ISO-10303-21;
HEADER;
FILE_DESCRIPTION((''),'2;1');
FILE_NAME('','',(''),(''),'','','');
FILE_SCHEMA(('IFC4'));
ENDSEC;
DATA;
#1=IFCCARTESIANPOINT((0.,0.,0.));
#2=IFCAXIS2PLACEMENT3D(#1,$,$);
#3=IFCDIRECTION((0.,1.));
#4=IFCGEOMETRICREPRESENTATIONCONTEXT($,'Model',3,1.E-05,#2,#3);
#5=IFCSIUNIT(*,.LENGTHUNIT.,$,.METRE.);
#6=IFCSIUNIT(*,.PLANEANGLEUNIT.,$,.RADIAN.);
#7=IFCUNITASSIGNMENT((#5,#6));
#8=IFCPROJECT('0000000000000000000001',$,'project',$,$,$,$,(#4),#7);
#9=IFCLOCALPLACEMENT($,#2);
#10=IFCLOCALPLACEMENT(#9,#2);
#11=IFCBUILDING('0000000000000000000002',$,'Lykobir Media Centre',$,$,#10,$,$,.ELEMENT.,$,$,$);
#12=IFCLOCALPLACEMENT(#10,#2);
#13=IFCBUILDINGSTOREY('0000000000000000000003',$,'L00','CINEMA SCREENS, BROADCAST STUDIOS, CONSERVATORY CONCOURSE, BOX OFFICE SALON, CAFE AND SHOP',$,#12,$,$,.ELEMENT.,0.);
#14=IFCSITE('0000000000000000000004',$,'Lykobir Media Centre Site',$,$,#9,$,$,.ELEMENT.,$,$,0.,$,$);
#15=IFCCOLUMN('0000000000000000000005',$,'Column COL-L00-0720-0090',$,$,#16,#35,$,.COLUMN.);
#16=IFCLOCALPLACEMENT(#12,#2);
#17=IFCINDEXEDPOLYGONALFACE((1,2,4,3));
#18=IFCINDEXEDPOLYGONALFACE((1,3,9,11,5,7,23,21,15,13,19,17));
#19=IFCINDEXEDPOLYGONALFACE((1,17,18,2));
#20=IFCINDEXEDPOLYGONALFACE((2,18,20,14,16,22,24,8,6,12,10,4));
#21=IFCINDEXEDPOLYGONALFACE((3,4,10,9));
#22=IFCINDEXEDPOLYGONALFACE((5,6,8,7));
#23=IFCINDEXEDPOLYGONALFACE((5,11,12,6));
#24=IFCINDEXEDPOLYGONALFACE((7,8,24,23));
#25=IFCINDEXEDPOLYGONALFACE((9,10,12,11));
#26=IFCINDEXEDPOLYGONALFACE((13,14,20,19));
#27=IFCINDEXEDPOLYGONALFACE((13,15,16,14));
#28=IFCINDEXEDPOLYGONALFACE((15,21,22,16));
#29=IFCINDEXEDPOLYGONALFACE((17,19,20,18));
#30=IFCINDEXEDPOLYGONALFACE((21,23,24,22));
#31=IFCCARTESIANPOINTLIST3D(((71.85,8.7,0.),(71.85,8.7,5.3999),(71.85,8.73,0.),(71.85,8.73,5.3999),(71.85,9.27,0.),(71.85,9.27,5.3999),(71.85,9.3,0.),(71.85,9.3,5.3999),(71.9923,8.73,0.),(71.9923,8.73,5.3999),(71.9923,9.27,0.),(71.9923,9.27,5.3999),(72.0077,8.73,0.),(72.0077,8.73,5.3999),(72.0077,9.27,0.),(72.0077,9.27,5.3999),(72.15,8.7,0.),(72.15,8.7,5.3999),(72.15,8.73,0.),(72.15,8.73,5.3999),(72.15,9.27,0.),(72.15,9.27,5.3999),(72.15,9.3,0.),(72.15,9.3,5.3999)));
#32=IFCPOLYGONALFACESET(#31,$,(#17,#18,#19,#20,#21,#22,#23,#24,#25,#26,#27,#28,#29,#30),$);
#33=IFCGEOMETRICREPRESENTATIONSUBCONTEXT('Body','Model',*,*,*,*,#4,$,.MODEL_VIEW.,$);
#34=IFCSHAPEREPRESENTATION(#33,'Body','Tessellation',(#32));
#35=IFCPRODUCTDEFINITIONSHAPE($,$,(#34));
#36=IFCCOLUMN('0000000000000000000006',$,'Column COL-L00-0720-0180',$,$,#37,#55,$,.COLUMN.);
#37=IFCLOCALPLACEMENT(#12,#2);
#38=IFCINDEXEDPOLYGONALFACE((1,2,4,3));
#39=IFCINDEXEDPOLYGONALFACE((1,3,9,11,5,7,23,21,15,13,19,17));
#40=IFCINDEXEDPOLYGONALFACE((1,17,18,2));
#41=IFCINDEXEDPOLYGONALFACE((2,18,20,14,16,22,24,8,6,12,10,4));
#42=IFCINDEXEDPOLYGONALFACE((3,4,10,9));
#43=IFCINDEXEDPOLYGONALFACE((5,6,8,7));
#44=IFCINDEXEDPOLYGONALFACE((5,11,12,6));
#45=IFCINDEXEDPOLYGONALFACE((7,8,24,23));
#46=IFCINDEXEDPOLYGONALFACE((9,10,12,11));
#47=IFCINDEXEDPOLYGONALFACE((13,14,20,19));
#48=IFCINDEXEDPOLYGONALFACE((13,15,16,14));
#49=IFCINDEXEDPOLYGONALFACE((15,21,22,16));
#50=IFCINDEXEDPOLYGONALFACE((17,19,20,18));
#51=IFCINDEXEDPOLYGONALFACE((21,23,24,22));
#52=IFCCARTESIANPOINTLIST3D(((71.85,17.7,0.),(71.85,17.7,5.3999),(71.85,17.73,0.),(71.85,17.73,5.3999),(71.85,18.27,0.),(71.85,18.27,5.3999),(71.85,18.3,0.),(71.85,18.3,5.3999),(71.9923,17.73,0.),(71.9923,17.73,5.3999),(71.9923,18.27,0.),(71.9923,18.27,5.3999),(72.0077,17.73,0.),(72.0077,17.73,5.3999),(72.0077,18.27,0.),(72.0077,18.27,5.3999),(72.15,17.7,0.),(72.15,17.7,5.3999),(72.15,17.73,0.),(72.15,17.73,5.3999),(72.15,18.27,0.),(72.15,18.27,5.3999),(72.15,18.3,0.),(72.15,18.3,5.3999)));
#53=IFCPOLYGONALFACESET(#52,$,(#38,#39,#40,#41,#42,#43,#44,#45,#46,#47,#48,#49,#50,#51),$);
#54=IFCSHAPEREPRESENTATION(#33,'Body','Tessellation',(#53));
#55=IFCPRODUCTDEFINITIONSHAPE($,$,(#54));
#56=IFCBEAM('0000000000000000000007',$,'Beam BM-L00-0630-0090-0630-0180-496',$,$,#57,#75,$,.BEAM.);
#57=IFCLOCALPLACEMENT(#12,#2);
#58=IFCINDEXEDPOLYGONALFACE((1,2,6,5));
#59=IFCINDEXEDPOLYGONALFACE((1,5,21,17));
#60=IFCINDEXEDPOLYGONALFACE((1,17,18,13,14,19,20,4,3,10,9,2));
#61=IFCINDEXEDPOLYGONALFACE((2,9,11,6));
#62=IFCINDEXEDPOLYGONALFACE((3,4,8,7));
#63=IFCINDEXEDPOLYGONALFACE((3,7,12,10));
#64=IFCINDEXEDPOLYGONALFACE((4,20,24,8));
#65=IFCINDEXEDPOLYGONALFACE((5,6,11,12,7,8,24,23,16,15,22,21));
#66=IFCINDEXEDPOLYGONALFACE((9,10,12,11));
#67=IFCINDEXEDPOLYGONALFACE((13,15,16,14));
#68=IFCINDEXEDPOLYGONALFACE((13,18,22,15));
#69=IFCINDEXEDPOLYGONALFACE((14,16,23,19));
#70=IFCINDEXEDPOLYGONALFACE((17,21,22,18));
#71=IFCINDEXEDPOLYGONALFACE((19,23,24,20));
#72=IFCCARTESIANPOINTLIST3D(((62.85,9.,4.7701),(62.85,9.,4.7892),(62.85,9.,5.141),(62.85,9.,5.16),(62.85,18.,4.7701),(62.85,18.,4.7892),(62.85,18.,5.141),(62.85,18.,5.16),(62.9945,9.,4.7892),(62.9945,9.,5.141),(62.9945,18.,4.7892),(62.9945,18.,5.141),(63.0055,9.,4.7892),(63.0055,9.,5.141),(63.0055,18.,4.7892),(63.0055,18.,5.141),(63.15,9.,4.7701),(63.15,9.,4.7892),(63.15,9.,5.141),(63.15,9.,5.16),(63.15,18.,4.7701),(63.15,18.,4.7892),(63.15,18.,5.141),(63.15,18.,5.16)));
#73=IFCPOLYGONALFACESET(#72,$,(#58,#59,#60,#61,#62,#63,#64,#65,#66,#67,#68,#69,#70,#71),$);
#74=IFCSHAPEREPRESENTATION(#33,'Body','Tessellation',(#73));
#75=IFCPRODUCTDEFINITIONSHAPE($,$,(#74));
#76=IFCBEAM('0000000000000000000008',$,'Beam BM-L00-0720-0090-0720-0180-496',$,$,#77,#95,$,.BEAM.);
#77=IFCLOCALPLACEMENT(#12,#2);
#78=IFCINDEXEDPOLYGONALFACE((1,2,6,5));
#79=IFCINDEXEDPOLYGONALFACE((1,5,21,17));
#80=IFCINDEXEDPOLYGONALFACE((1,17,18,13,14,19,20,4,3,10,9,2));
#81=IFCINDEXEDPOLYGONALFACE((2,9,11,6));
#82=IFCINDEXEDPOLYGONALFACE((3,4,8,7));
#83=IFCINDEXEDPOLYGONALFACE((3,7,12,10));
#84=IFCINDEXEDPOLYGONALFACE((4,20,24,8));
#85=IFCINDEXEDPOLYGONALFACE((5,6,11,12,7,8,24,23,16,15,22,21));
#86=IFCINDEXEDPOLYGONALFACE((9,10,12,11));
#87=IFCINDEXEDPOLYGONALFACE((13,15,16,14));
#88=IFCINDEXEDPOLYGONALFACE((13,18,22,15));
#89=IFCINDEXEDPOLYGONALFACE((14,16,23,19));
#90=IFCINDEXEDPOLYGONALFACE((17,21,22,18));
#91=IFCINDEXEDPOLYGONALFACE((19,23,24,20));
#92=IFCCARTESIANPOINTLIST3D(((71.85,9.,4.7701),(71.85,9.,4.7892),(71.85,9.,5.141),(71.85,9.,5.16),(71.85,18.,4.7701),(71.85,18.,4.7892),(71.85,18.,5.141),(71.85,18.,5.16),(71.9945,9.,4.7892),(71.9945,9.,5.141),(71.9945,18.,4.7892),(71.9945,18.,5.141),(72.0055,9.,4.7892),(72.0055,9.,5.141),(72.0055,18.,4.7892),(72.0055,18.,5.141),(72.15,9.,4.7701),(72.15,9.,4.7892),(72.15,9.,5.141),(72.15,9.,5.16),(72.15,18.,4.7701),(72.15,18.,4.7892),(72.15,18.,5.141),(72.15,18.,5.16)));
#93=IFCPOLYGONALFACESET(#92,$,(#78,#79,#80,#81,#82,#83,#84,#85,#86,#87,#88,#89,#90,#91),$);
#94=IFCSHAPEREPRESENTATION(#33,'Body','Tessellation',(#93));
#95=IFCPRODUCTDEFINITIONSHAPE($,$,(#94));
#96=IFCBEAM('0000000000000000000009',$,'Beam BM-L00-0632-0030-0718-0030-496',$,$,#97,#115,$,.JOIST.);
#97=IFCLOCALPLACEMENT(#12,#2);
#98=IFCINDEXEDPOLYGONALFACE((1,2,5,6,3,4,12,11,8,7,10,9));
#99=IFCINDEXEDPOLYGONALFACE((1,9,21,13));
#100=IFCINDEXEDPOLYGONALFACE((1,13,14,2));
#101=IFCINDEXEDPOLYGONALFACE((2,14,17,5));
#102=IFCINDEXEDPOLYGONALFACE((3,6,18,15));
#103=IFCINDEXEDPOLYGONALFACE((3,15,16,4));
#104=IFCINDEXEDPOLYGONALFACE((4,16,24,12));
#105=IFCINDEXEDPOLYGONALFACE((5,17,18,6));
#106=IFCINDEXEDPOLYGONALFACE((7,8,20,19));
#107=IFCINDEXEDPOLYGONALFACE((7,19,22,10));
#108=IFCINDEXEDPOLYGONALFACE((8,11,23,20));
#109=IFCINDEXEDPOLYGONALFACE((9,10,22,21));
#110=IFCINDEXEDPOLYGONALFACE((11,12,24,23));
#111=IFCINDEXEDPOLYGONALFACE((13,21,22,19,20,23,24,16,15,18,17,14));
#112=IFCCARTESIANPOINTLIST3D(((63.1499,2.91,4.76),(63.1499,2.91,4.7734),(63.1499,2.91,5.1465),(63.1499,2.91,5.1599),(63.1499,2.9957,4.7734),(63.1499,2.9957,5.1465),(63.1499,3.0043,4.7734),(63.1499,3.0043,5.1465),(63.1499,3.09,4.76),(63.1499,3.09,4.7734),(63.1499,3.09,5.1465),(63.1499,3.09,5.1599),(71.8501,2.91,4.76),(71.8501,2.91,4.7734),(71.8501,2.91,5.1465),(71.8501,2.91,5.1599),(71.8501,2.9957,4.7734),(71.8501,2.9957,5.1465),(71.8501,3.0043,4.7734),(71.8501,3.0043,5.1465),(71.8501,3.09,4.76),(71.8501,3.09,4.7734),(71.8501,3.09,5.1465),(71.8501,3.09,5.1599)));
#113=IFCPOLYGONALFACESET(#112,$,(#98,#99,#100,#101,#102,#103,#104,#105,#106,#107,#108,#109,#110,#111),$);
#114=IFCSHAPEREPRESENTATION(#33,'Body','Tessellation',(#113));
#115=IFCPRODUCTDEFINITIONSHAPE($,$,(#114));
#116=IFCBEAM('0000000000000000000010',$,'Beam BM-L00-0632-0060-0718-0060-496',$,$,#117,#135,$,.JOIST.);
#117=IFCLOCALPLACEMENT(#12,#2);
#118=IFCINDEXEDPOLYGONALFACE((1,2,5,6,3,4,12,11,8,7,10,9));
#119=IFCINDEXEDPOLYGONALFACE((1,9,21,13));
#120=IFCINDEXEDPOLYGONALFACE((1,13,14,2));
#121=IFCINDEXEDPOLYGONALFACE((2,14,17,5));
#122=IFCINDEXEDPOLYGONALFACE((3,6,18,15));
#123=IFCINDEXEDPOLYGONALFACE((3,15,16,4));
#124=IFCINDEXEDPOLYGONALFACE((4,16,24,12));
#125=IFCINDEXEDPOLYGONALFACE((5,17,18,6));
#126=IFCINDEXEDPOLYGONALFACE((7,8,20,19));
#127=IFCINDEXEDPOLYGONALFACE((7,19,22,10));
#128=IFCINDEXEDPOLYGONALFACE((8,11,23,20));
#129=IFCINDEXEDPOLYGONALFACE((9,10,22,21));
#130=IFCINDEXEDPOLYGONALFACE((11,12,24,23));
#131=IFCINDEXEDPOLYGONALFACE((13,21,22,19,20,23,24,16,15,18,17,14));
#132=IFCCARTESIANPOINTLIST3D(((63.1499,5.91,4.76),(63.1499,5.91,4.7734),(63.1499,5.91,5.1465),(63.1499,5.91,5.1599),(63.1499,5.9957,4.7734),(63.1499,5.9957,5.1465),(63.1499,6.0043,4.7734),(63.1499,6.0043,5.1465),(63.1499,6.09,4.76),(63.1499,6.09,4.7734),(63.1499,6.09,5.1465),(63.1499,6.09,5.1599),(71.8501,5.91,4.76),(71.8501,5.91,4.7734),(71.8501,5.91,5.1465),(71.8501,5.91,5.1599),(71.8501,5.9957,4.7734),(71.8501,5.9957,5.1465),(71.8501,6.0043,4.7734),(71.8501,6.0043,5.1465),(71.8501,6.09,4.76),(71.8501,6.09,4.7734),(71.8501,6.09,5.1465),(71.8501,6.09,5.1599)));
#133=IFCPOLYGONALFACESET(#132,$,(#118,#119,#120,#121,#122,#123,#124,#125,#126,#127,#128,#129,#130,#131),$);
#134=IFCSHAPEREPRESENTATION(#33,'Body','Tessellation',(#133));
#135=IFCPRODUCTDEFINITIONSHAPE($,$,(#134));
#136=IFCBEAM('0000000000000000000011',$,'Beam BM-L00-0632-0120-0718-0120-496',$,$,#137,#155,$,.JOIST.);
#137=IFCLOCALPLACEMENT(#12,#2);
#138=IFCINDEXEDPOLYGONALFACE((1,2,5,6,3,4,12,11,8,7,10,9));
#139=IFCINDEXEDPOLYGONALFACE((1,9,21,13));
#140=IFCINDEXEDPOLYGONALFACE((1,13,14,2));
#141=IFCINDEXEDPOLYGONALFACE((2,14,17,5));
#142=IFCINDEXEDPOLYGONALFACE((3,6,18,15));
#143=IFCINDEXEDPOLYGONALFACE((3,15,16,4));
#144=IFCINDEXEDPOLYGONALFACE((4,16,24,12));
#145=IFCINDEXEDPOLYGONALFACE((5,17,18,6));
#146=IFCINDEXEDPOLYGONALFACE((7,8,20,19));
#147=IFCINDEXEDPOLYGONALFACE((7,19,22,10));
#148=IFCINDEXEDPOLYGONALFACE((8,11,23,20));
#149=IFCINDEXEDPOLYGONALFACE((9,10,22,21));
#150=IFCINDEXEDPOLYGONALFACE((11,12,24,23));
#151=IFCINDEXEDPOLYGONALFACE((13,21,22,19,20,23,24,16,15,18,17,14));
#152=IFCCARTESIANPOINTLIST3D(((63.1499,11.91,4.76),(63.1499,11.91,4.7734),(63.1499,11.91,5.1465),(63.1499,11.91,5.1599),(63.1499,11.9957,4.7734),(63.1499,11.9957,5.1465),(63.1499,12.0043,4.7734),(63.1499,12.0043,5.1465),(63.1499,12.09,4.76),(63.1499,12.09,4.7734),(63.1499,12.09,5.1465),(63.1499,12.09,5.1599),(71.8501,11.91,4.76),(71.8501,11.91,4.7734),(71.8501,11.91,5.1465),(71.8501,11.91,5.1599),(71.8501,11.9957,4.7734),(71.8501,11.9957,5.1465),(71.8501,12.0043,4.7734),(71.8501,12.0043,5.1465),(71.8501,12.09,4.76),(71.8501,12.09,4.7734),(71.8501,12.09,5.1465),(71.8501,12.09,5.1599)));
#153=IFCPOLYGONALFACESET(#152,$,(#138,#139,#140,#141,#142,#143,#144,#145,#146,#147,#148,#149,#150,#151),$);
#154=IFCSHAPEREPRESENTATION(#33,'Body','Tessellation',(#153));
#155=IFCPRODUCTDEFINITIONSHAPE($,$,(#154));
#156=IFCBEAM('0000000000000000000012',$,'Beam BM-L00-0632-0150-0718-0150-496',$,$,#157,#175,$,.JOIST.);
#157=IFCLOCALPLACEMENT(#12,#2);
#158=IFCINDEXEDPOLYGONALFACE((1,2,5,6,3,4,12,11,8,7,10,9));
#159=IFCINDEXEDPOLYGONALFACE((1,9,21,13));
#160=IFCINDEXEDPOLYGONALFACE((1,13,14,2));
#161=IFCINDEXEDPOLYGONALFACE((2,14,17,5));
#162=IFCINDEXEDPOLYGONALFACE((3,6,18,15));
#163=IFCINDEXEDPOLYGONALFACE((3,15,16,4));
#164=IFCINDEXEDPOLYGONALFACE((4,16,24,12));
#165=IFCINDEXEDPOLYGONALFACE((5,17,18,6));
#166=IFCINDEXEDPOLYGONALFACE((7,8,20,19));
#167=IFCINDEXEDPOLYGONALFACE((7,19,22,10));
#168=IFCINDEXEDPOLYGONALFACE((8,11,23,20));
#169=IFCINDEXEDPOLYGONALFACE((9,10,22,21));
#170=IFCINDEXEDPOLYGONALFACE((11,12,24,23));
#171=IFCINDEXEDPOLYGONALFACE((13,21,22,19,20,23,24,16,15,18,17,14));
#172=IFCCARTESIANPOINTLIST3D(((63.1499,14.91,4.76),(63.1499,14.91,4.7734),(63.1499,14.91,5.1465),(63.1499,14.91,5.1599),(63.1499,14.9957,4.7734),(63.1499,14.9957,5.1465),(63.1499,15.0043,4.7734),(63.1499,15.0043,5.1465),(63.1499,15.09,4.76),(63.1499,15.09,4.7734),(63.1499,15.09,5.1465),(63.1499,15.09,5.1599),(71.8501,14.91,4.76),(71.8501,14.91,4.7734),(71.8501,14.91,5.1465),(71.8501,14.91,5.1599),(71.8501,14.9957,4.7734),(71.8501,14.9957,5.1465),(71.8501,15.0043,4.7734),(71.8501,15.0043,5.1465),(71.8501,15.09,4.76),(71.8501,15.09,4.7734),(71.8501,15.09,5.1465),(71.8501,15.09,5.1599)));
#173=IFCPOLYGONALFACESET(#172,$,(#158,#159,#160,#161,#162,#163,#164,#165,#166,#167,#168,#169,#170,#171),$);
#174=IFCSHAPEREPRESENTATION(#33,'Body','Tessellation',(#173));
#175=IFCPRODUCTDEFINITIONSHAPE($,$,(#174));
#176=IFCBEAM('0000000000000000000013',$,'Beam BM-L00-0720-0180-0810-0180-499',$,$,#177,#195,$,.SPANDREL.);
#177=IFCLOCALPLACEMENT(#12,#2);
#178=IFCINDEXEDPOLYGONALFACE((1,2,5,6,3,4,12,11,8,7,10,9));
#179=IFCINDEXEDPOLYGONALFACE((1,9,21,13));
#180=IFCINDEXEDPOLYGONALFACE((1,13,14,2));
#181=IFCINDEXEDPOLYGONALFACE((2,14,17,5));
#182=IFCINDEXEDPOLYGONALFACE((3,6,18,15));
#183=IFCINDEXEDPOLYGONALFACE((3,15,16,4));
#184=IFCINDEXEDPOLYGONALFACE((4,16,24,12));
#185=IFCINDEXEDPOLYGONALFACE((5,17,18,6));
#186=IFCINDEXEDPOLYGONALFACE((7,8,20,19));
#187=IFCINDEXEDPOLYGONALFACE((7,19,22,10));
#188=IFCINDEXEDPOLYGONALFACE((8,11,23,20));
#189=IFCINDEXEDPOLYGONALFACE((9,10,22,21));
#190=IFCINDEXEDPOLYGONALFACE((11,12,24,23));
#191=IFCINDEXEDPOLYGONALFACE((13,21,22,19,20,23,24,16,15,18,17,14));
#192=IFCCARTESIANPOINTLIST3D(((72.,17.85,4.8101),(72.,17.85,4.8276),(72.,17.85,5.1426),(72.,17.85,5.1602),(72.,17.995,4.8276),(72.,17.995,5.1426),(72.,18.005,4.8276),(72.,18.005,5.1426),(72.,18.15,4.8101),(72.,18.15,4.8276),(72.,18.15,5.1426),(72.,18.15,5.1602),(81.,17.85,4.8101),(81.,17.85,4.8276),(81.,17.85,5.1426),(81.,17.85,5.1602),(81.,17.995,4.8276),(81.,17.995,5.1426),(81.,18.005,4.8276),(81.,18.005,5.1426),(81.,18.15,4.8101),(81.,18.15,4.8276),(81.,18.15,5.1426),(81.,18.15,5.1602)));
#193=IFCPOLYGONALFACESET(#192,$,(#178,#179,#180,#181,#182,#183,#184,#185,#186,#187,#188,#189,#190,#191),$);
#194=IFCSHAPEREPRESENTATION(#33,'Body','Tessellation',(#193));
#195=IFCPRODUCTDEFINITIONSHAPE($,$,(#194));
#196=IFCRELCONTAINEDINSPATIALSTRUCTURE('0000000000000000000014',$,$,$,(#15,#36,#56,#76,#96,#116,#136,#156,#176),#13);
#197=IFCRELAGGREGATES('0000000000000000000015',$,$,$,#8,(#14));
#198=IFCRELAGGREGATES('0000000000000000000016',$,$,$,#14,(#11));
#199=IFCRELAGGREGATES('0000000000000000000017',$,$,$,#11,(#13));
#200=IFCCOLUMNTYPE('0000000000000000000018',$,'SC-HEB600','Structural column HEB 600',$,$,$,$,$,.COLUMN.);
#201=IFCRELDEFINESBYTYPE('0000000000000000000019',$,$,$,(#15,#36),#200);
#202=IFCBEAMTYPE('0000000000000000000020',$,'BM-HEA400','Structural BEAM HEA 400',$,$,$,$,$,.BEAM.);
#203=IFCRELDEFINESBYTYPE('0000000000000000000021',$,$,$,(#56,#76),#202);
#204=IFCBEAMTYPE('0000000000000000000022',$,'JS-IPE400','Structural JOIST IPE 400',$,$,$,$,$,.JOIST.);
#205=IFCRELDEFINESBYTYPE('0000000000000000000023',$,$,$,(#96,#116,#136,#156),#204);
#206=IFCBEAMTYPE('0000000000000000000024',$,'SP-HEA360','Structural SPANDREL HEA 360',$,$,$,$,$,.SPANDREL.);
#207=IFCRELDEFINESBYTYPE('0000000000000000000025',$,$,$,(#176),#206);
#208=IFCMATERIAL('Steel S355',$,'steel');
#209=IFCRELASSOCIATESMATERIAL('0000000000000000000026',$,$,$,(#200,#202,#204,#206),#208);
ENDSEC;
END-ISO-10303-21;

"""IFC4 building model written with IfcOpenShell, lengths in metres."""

from ifc_helpers import new_model, si_unit, direction, frame, origin, origin_2d, place, context, subcontext, project, spatial, i_section, extrude, material, material_profile, profile_set, type_object, element, save


model = new_model("IFC4")

# Units and contexts
model_context = context("Model", 3, precision=1e-05, world=origin(), true_north=direction((0.0, 1.0)))
body_context = subcontext(model_context, "Body", "Model", "MODEL_VIEW")
ifc_project = project(units=[si_unit("LENGTHUNIT", "METRE"), si_unit("PLANEANGLEUNIT", "RADIAN")], contexts=[model_context])

# Site, building, storey
site_placement = place(None, origin())
site = spatial("IfcSite", under=ifc_project, at=site_placement, Name="Lykobir Media Centre Site", CompositionType="ELEMENT", RefElevation=0.0)
building_placement = place(site_placement, origin())
building = spatial("IfcBuilding", under=site, at=building_placement, Name="Lykobir Media Centre", CompositionType="ELEMENT")
storey_placement = place(building_placement, origin())
storey = spatial("IfcBuildingStorey", under=building, at=storey_placement, Name="L00", Description="CINEMA SCREENS, BROADCAST STUDIOS, CONSERVATORY CONCOURSE, BOX OFFICE SALON, CAFE AND SHOP", CompositionType="ELEMENT", Elevation=0.0)

# Columns
ifc_material_1 = material(Name="Steel S355", Category="steel")
ifc_material_profile_1 = material_profile(ifc_material_1, i_section(OverallWidth=0.3, OverallDepth=0.6001, WebThickness=0.0154, FlangeThickness=0.03, at=origin_2d()), Name="HEB 600")
ifc_profile_set_1 = profile_set([ifc_material_profile_1], Name="Steel S355")
column_type = type_object("IfcColumnType", Name="SC-HEB600", Description="Structural column HEB 600", PredefinedType="COLUMN", material=ifc_profile_set_1)
for number, where, z_axis, x_axis, name in (
    (1, (72.0, 9.0, 0.0), (0.0, 0.0, 1.0), (1.0, 0.0, 0.0), "Column COL-L00-0720-0090"),
    (2, (72.0, 18.0, 0.0), (0.0, 0.0, 1.0), (1.0, 0.0, 0.0), "Column COL-L00-0720-0180"),
):
    element("IfcColumn", number, at=place(storey_placement, frame(where, z_axis=z_axis, x_axis=x_axis)), inside=storey, type_object=column_type, Name=name, PredefinedType="COLUMN", context=body_context, shape_type="SweptSolid", body=[
        extrude(i_section(OverallWidth=0.3, OverallDepth=0.6001, WebThickness=0.0154, FlangeThickness=0.03, at=origin_2d()), origin(), (0.0, 0.0, 1.0), 5.3999),
    ])

# Beams
ifc_material_profile_2 = material_profile(ifc_material_1, i_section(OverallWidth=0.3, OverallDepth=0.3899, WebThickness=0.011, FlangeThickness=0.019, at=origin_2d()), Name="HEA 400")
ifc_profile_set_2 = profile_set([ifc_material_profile_2], Name="Steel S355")
beam_type_1 = type_object("IfcBeamType", Name="BM-HEA400", Description="Structural BEAM HEA 400", PredefinedType="BEAM", material=ifc_profile_set_2)
for number, where, z_axis, x_axis, name in (
    (3, (63.0, 9.0, 4.9651), (0.0, 1.0, 0.0), (-1.0, 0.0, 0.0), "Beam BM-L00-0630-0090-0630-0180-496"),
    (4, (72.0, 9.0, 4.9651), (0.0, 1.0, 0.0), (-1.0, 0.0, 0.0), "Beam BM-L00-0720-0090-0720-0180-496"),
):
    element("IfcBeam", number, at=place(storey_placement, frame(where, z_axis=z_axis, x_axis=x_axis)), inside=storey, type_object=beam_type_1, Name=name, PredefinedType="BEAM", context=body_context, shape_type="SweptSolid", body=[
        extrude(i_section(OverallWidth=0.3, OverallDepth=0.3899, WebThickness=0.011, FlangeThickness=0.019, at=origin_2d()), origin(), (0.0, 0.0, 1.0), 9.0),
    ])
ifc_material_profile_3 = material_profile(ifc_material_1, i_section(OverallWidth=0.1799, OverallDepth=0.3999, WebThickness=0.0085, FlangeThickness=0.0134, at=origin_2d()), Name="IPE 400")
ifc_profile_set_3 = profile_set([ifc_material_profile_3], Name="Steel S355")
beam_type_2 = type_object("IfcBeamType", Name="JS-IPE400", Description="Structural JOIST IPE 400", PredefinedType="JOIST", material=ifc_profile_set_3)
for number, where, z_axis, x_axis, name in (
    (5, (63.1499, 3.0, 4.96), (1.0, 0.0, 0.0), (0.0, 1.0, 0.0), "Beam BM-L00-0632-0030-0718-0030-496"),
    (6, (63.1499, 6.0, 4.96), (1.0, 0.0, 0.0), (0.0, 1.0, 0.0), "Beam BM-L00-0632-0060-0718-0060-496"),
    (7, (63.1499, 12.0, 4.96), (1.0, 0.0, 0.0), (0.0, 1.0, 0.0), "Beam BM-L00-0632-0120-0718-0120-496"),
    (8, (63.1499, 15.0, 4.96), (1.0, 0.0, 0.0), (0.0, 1.0, 0.0), "Beam BM-L00-0632-0150-0718-0150-496"),
):
    element("IfcBeam", number, at=place(storey_placement, frame(where, z_axis=z_axis, x_axis=x_axis)), inside=storey, type_object=beam_type_2, Name=name, PredefinedType="JOIST", context=body_context, shape_type="SweptSolid", body=[
        extrude(i_section(OverallWidth=0.1799, OverallDepth=0.3999, WebThickness=0.0085, FlangeThickness=0.0134, at=origin_2d()), origin(), (0.0, 0.0, 1.0), 8.7002),
    ])
ifc_material_profile_4 = material_profile(ifc_material_1, i_section(OverallWidth=0.3, OverallDepth=0.3501, WebThickness=0.01, FlangeThickness=0.0176, at=origin_2d()), Name="HEA 360")
ifc_profile_set_4 = profile_set([ifc_material_profile_4], Name="Steel S355")
beam_type_3 = type_object("IfcBeamType", Name="SP-HEA360", Description="Structural SPANDREL HEA 360", PredefinedType="SPANDREL", material=ifc_profile_set_4)
beam_placement = place(storey_placement, frame((72.0, 18.0, 4.9851), z_axis=(1.0, 0.0, 0.0), x_axis=(0.0, 1.0, 0.0)))
element("IfcBeam", 9, at=beam_placement, inside=storey, type_object=beam_type_3, Name="Beam BM-L00-0720-0180-0810-0180-499", PredefinedType="SPANDREL", context=body_context, shape_type="SweptSolid", body=[
    extrude(i_section(OverallWidth=0.3, OverallDepth=0.3501, WebThickness=0.01, FlangeThickness=0.0176, at=origin_2d()), origin(), (0.0, 0.0, 1.0), 9.0),
])

save(model, "model.ifc")
